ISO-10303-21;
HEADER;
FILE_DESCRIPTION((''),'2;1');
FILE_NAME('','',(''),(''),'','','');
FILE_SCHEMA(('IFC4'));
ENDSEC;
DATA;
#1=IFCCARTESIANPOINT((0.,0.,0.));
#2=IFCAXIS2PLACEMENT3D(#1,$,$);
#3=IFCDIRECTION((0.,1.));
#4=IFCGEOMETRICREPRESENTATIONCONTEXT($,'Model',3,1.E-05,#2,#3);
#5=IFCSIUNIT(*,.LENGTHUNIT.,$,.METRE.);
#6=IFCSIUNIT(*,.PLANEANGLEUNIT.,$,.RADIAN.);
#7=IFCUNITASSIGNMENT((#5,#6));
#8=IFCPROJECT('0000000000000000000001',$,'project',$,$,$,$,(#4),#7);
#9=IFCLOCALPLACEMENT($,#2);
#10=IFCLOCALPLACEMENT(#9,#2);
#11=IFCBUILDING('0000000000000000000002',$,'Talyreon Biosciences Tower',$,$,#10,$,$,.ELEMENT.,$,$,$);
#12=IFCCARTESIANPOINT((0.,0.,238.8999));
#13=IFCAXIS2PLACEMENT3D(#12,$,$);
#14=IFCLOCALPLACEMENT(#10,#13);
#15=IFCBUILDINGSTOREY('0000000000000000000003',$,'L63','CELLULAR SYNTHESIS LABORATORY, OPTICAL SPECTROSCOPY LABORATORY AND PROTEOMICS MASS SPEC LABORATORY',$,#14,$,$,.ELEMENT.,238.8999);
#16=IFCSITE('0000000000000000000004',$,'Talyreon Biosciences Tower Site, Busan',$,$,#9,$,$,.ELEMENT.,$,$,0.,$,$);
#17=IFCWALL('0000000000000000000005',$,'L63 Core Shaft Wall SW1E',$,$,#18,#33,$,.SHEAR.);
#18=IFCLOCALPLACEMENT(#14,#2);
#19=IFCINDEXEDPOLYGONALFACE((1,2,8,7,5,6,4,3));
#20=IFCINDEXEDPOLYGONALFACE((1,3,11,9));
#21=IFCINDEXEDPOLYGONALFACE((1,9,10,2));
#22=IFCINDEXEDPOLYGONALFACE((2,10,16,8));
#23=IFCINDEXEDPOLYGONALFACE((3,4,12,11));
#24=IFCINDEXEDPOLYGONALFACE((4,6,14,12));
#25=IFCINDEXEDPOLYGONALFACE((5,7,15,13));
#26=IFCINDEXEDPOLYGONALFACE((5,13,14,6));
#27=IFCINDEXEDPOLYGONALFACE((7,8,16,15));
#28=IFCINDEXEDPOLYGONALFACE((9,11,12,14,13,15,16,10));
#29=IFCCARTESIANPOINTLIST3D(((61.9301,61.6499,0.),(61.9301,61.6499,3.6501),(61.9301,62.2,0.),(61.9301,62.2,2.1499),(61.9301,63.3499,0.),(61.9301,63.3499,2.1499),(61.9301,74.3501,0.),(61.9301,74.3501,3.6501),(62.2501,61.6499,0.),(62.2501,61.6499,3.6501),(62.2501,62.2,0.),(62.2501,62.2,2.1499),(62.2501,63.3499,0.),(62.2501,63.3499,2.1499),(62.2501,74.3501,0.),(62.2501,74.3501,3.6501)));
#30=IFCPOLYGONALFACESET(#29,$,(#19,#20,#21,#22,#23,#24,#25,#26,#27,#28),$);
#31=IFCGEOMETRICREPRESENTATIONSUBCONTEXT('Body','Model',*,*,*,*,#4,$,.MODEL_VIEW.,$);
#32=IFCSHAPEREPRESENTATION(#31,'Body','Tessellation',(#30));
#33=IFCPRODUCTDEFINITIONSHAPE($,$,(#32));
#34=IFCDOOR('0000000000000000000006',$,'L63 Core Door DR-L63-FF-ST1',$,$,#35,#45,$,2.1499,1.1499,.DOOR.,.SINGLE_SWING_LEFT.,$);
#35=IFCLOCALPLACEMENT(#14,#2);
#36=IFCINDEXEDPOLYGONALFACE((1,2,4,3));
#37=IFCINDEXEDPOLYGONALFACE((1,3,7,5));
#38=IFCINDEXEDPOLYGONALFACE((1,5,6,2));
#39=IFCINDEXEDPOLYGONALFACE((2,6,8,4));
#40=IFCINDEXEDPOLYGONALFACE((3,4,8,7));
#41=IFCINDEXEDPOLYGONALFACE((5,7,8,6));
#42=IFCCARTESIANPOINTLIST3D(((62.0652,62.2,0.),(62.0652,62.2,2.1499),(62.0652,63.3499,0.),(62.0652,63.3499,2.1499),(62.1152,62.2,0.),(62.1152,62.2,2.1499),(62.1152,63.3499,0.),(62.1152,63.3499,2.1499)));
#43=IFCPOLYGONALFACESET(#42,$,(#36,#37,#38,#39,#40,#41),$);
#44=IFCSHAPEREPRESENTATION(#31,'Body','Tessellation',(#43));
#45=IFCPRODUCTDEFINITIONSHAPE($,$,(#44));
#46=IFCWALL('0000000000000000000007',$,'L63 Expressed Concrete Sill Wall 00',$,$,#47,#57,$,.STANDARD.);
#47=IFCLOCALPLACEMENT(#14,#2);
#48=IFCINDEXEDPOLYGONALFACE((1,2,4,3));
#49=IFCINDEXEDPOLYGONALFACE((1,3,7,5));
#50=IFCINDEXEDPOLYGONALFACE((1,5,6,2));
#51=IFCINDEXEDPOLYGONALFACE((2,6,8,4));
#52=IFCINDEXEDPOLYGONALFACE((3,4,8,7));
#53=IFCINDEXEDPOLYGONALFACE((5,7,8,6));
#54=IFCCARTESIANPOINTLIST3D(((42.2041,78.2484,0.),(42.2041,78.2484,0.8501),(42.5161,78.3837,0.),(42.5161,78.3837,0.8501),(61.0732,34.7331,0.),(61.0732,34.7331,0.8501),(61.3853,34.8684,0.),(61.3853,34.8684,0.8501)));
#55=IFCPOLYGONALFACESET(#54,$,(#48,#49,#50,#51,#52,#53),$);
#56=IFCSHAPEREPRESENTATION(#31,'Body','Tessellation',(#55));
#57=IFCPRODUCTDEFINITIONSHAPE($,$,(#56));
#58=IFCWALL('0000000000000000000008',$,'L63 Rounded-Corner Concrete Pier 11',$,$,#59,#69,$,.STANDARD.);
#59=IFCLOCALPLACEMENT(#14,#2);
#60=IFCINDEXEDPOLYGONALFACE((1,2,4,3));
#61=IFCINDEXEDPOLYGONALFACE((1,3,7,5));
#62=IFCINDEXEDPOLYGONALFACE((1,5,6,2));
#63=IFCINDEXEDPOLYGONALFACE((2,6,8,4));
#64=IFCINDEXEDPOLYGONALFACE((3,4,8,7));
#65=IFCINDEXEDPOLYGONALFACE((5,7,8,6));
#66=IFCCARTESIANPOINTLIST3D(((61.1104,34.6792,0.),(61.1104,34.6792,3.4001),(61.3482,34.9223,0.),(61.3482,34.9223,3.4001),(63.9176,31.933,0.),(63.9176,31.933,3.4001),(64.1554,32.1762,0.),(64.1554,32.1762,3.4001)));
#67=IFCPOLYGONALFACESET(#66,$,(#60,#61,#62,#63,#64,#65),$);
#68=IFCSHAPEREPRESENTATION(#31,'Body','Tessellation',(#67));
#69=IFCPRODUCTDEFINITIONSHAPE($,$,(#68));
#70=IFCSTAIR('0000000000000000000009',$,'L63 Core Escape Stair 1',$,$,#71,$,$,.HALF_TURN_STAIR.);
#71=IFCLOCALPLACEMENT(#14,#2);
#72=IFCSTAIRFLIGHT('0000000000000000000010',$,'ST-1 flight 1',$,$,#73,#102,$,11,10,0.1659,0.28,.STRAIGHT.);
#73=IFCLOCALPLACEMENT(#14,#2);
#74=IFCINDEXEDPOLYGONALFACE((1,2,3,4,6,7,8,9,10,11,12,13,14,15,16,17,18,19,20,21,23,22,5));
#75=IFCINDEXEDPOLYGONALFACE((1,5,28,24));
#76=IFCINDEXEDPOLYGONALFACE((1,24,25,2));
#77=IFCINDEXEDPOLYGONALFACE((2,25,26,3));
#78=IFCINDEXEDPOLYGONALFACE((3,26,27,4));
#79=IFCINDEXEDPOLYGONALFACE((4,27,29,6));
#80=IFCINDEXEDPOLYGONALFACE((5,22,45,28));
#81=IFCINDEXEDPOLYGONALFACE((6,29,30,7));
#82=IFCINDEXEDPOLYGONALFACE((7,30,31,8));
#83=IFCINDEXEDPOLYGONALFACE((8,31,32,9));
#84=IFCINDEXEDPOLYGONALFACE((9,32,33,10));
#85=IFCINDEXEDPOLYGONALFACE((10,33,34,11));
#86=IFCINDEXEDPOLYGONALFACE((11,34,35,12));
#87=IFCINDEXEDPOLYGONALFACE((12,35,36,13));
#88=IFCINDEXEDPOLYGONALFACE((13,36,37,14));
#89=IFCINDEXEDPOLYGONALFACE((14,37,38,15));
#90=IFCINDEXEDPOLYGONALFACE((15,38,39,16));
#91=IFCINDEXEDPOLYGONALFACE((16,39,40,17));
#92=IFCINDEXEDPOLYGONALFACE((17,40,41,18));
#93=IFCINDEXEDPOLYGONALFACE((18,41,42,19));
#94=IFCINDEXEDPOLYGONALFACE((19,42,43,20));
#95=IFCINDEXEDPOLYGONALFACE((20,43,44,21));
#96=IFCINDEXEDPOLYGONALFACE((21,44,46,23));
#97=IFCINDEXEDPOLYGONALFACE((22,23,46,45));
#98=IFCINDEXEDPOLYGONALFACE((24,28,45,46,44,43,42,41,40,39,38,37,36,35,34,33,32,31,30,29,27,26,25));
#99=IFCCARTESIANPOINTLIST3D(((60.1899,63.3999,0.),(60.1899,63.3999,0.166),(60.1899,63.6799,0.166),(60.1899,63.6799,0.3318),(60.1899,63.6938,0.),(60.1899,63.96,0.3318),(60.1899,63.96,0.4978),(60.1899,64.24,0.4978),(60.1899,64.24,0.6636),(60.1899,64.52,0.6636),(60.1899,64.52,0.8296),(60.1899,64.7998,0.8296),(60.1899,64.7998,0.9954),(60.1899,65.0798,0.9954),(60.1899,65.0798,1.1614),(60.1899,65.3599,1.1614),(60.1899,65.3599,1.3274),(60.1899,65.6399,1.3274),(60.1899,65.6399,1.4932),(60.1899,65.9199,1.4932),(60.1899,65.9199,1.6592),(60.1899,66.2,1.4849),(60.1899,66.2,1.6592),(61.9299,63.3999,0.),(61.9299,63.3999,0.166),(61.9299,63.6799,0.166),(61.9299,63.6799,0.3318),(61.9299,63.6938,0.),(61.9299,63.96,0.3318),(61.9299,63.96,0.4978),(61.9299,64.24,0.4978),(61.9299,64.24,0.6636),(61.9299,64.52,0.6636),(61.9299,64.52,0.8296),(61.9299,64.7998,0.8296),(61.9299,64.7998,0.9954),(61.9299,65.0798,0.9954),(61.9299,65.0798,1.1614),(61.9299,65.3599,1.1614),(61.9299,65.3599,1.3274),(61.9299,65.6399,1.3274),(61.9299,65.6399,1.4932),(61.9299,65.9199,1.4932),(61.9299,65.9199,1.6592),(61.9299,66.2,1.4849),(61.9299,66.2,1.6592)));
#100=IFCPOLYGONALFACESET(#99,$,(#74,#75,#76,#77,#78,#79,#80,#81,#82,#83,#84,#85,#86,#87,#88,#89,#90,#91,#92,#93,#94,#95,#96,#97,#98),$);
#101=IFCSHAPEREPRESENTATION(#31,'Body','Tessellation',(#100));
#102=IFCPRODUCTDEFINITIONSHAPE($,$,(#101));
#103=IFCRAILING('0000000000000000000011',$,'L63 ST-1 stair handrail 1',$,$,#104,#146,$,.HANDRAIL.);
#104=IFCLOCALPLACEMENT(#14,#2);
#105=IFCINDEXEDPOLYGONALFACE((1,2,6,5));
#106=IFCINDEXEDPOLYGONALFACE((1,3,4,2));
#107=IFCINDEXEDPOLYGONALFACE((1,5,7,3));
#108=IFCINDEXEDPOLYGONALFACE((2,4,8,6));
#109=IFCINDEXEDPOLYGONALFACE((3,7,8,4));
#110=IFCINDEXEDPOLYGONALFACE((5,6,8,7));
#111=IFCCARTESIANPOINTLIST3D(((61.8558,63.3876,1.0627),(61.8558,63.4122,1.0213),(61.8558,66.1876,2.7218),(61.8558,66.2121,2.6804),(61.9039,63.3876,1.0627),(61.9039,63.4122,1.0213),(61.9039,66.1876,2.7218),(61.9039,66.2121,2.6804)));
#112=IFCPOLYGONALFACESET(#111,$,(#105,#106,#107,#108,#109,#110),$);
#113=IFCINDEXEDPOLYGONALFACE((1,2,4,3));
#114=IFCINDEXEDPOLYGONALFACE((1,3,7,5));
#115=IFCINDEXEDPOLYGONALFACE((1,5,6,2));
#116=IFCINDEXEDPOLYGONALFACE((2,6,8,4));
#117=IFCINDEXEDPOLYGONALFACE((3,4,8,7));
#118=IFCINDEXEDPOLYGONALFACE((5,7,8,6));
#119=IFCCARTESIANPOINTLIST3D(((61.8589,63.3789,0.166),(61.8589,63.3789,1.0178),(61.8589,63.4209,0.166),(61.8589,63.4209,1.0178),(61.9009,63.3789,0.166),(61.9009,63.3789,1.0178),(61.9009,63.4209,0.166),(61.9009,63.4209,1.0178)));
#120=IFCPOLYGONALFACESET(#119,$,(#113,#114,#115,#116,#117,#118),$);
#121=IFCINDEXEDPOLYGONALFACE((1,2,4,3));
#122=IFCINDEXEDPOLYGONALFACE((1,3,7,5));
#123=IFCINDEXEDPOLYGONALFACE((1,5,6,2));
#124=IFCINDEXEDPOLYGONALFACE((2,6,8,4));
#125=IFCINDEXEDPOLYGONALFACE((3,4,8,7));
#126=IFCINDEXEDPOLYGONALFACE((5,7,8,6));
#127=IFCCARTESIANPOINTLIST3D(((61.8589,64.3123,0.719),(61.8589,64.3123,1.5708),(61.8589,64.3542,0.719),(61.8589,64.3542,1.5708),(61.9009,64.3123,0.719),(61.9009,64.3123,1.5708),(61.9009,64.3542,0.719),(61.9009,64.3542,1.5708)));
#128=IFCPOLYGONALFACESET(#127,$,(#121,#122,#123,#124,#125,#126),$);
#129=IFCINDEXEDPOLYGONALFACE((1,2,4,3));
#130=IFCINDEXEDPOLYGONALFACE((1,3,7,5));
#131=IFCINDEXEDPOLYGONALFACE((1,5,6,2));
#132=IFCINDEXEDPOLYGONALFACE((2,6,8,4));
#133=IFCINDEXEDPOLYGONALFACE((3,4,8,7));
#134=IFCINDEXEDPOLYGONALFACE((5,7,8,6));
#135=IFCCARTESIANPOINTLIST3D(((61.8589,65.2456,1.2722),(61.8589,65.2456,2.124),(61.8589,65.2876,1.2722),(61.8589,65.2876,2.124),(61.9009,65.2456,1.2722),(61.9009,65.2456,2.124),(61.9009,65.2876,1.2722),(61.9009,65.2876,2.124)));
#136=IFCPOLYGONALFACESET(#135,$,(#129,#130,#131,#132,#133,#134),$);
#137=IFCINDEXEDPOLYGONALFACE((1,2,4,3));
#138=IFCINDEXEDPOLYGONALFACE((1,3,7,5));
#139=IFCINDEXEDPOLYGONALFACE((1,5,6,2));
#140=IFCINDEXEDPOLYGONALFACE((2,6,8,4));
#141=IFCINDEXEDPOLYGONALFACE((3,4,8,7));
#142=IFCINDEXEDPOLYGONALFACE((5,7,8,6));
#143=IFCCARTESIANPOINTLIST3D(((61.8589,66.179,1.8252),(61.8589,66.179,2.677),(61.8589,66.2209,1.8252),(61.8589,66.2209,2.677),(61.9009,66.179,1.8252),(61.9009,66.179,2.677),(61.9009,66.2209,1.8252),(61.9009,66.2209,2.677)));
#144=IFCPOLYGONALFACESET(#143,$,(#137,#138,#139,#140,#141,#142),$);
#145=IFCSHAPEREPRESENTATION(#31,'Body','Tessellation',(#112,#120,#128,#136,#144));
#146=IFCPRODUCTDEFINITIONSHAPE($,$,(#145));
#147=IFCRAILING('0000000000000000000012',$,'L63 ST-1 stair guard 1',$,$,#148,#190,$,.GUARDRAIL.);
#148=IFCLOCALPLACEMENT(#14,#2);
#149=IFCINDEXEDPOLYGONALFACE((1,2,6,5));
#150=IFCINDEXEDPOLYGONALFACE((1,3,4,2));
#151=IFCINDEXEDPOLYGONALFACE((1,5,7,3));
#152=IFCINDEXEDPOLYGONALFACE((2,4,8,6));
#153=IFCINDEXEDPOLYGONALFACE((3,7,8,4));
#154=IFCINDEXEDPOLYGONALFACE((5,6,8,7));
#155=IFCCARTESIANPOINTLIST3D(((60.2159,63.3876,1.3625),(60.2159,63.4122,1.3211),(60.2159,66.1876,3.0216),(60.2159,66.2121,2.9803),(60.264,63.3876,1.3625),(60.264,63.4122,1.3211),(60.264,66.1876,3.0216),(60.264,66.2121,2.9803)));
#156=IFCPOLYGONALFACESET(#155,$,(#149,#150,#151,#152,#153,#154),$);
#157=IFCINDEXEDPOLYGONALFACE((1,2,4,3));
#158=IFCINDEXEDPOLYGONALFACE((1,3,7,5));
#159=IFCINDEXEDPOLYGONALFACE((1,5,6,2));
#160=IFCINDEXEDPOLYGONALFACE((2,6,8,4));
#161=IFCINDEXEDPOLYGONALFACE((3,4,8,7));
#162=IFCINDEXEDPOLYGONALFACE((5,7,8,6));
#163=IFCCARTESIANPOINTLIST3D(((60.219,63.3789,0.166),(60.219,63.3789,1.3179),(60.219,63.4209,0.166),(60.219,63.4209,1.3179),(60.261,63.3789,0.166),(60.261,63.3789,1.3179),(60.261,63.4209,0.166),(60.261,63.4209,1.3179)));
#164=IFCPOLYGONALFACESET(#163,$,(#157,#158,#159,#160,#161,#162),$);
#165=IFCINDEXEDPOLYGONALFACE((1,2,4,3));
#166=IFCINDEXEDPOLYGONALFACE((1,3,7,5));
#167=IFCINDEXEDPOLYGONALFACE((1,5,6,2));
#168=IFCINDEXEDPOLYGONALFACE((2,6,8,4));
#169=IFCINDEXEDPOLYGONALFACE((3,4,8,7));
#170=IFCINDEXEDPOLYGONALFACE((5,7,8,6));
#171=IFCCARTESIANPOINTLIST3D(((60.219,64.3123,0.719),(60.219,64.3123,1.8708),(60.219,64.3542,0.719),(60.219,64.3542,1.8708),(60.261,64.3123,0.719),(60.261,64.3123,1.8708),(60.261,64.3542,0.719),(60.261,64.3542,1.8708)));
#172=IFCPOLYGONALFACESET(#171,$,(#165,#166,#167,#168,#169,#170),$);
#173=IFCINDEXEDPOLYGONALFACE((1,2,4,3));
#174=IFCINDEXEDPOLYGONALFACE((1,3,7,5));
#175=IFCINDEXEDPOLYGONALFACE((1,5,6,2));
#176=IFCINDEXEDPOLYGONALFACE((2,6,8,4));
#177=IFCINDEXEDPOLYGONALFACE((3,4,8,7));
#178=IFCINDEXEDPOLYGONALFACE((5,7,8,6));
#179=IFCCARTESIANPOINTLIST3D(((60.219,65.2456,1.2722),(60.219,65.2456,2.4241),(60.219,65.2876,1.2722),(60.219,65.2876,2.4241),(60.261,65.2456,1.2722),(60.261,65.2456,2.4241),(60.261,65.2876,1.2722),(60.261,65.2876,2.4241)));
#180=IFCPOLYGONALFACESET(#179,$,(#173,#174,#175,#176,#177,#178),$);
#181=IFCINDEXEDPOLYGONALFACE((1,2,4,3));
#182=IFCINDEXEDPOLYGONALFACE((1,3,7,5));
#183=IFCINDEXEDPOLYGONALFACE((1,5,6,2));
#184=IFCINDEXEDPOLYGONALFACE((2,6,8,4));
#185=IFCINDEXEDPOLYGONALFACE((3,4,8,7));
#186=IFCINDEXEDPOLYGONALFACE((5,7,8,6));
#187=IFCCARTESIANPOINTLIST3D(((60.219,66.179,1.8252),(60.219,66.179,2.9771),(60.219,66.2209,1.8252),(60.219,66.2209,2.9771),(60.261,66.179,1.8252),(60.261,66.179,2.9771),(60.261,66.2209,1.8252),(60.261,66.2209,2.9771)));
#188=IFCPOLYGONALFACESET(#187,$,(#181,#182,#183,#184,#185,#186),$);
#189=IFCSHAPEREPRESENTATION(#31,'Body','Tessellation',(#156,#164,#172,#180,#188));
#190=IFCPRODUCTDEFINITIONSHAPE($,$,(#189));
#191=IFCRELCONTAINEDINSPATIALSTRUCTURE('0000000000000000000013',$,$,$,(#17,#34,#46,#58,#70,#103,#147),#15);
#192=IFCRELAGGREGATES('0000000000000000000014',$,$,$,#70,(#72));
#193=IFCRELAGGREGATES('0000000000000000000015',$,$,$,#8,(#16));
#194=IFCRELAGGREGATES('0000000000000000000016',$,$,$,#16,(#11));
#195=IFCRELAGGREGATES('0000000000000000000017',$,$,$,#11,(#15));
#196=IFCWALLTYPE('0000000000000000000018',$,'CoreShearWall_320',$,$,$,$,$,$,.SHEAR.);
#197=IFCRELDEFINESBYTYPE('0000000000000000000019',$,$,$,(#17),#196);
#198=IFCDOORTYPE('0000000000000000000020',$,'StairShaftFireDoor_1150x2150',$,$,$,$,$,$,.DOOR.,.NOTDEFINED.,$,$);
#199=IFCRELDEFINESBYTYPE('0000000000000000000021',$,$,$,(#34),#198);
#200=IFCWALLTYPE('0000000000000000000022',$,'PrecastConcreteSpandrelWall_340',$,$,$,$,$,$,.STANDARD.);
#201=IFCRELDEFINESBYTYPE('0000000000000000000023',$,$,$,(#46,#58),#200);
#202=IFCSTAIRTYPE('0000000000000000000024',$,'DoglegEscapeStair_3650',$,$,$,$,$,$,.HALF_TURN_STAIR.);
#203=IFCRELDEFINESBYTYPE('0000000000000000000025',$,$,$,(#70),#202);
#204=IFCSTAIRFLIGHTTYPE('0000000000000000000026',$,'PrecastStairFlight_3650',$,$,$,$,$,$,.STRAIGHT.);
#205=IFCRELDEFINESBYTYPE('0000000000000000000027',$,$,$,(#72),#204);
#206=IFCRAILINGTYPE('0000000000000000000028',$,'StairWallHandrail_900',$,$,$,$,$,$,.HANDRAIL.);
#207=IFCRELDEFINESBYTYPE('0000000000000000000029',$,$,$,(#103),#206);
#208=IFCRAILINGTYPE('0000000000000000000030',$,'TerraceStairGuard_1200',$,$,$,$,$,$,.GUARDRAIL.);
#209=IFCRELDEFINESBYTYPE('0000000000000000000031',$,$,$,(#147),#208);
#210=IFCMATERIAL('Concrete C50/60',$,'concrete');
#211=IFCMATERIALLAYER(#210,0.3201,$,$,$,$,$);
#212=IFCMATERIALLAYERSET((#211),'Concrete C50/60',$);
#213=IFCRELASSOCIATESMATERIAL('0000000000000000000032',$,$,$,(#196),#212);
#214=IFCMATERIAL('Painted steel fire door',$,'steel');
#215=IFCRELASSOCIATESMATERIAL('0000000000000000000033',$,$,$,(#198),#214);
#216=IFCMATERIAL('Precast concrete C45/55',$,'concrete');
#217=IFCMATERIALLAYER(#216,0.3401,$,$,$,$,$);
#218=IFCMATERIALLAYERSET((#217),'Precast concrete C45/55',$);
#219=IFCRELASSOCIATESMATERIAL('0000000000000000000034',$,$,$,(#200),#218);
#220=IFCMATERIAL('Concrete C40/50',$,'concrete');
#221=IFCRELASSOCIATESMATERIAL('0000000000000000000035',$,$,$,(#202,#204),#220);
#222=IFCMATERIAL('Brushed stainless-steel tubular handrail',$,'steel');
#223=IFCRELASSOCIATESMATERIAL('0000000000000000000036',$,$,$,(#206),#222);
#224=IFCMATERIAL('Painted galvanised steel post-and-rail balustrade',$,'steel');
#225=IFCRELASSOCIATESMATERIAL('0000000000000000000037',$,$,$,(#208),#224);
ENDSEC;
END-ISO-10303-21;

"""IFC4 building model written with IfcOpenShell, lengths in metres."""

from ifc_helpers import new_model, si_unit, direction, frame, frame_2d, origin, origin_2d, place, context, subcontext, project, spatial, polyline, rectangle, outline, extrude, material, layer, layer_set, type_object, element, fill, aggregate, save


model = new_model("IFC4")

# Units and contexts
model_context = context("Model", 3, precision=1e-05, world=origin(), true_north=direction((0.0, 1.0)))
body_context = subcontext(model_context, "Body", "Model", "MODEL_VIEW")
ifc_project = project(units=[si_unit("LENGTHUNIT", "METRE"), si_unit("PLANEANGLEUNIT", "RADIAN")], contexts=[model_context])

# Site, building, storey
site_placement = place(None, origin())
site = spatial("IfcSite", under=ifc_project, at=site_placement, Name="Talyreon Biosciences Tower Site, Busan", CompositionType="ELEMENT", RefElevation=0.0)
building_placement = place(site_placement, origin())
building = spatial("IfcBuilding", under=site, at=building_placement, Name="Talyreon Biosciences Tower", CompositionType="ELEMENT")
storey_placement = place(building_placement, frame((0.0, 0.0, 238.8999)))
storey = spatial("IfcBuildingStorey", under=building, at=storey_placement, Name="L63", Description="CELLULAR SYNTHESIS LABORATORY, OPTICAL SPECTROSCOPY LABORATORY AND PROTEOMICS MASS SPEC LABORATORY", CompositionType="ELEMENT", Elevation=238.8999)

# Shared definitions
ifc_material_1 = material(Name="Concrete C50/60", Category="concrete")

# Shared definitions
ifc_material_2 = material(Name="Precast concrete C45/55", Category="concrete")

# Wall, opening, door
ifc_layer_1 = layer(ifc_material_1, 0.3201)
ifc_layer_set_1 = layer_set([ifc_layer_1], Name="Concrete C50/60")
wall_type_1 = type_object("IfcWallType", Name="CoreShearWall_320", PredefinedType="SHEAR", material=ifc_layer_set_1)
wall_1_placement = place(storey_placement, frame((62.0901, 61.6499, 0.0), z_axis=(0.0, 0.0, 1.0), x_axis=(0.0, 1.0, 0.0)))
wall_1 = element("IfcWall", 1, at=wall_1_placement, inside=storey, type_object=wall_type_1, Name="L63 Core Shaft Wall SW1E", PredefinedType="SHEAR", context=body_context, shape_type="SweptSolid", body=[
    extrude(rectangle(XDim=12.7002, YDim=0.3201, at=frame_2d((6.3501, 0.0))), origin(), (0.0, 0.0, 1.0), 3.6501),
])
opening_1_placement = place(wall_1_placement, frame((0.55, 0.0, 0.0)))
opening_1 = element("IfcOpeningElement", 2, at=opening_1_placement, cuts=wall_1, PredefinedType="OPENING", context=body_context, shape_type="SweptSolid", body=[
    extrude(rectangle(XDim=1.1499, YDim=2.1499, at=frame_2d((0.575, 1.075))), frame((0.0, 0.1699, 0.0), z_axis=(0.0, -1.0, 0.0), x_axis=(1.0, 0.0, 0.0)), (0.0, 0.0, 1.0), 0.3401),
])
ifc_material_3 = material(Name="Painted steel fire door", Category="steel")
door_type_1 = type_object("IfcDoorType", Name="StairShaftFireDoor_1150x2150", OperationType="NOTDEFINED", PredefinedType="DOOR", material=ifc_material_3)
door_1_placement = place(opening_1_placement, origin())
door_1 = element("IfcDoor", 3, at=door_1_placement, inside=storey, type_object=door_type_1, Name="L63 Core Door DR-L63-FF-ST1", OperationType="SINGLE_SWING_LEFT", OverallHeight=2.1499, OverallWidth=1.1499, PredefinedType="DOOR", context=body_context, shape_type="SweptSolid", body=[
    extrude(rectangle(XDim=1.1499, YDim=2.1499, at=frame_2d((0.575, 1.075))), frame((0.0, 0.0249, 0.0), z_axis=(0.0, -1.0, 0.0), x_axis=(1.0, 0.0, 0.0)), (0.0, 0.0, 1.0), 0.05),
])
fill(opening_1, door_1)

# Walls
ifc_layer_2 = layer(ifc_material_2, 0.3401)
ifc_layer_set_2 = layer_set([ifc_layer_2], Name="Precast concrete C45/55")
wall_type_2 = type_object("IfcWallType", Name="PrecastConcreteSpandrelWall_340", PredefinedType="STANDARD", material=ifc_layer_set_2)
wall_2_placement = place(storey_placement, frame((61.2292, 34.8008, 0.0), z_axis=(0.0, 0.0, 1.0), x_axis=(-0.397831, 0.917459, 0.0)))
element("IfcWall", 4, at=wall_2_placement, inside=storey, type_object=wall_type_2, Name="L63 Expressed Concrete Sill Wall 00", PredefinedType="STANDARD", context=body_context, shape_type="SweptSolid", body=[
    extrude(rectangle(XDim=47.4302, YDim=0.3401, at=frame_2d((23.7151, 0.0))), origin(), (0.0, 0.0, 1.0), 0.8501),
])
wall_3_placement = place(storey_placement, frame((64.0364, 32.0547, 0.0), z_axis=(0.0, 0.0, 1.0), x_axis=(-0.714835, 0.699293, 0.0)))
element("IfcWall", 5, at=wall_3_placement, inside=storey, type_object=wall_type_2, Name="L63 Rounded-Corner Concrete Pier 11", PredefinedType="STANDARD", context=body_context, shape_type="SweptSolid", body=[
    extrude(rectangle(XDim=3.927, YDim=0.3401, at=frame_2d((1.9634, 0.0))), origin(), (0.0, 0.0, 1.0), 3.4001),
])

# Stair, stair flight
ifc_material_4 = material(Name="Concrete C40/50", Category="concrete")
stair_type = type_object("IfcStairType", Name="DoglegEscapeStair_3650", PredefinedType="HALF_TURN_STAIR", material=ifc_material_4)
stair_placement = place(storey_placement, origin())
stair = element("IfcStair", 6, at=stair_placement, inside=storey, type_object=stair_type, Name="L63 Core Escape Stair 1", PredefinedType="HALF_TURN_STAIR")
stair_flight_type = type_object("IfcStairFlightType", Name="PrecastStairFlight_3650", PredefinedType="STRAIGHT", material=ifc_material_4)
stair_flight_placement = place(storey_placement, frame((61.0601, 63.3999, 0.0), z_axis=(0.0, 0.0, 1.0), x_axis=(0.0, 1.0, 0.0)))
stair_flight = element("IfcStairFlight", 7, at=stair_flight_placement, type_object=stair_flight_type, Name="ST-1 flight 1", NumberOfRisers=11, NumberOfTreads=10, PredefinedType="STRAIGHT", RiserHeight=0.1659, TreadLength=0.28, context=body_context, shape_type="SweptSolid", body=[
    extrude(outline(polyline([(0.0, 0.0), (0.0, 0.166), (0.28, 0.166), (0.28, 0.3318), (0.5601, 0.3318), (0.5601, 0.4978), (0.8401, 0.4978), (0.8401, 0.6636), (1.1201, 0.6636), (1.1201, 0.8296), (1.3999, 0.8296), (1.3999, 0.9954), (1.6799, 0.9954), (1.6799, 1.1614), (1.96, 1.1614), (1.96, 1.3274), (2.24, 1.3274), (2.24, 1.4932), (2.52, 1.4932), (2.52, 1.6592), (2.8, 1.6592), (2.8, 1.825), (2.8, 1.4849), (0.2939, 0.0), (0.0, 0.0)])), frame((0.0, 0.8701, 0.0), z_axis=(0.0, -1.0, 0.0), x_axis=(1.0, 0.0, 0.0)), (0.0, 0.0, 1.0), 1.74),
])
aggregate(stair, [stair_flight])

# Railings
ifc_material_5 = material(Name="Brushed stainless-steel tubular handrail", Category="steel")
railing_type_1 = type_object("IfcRailingType", Name="StairWallHandrail_900", PredefinedType="HANDRAIL", material=ifc_material_5)
railing_1_placement = place(storey_placement, frame((61.8799, 63.3999, 0.166)))
element("IfcRailing", 8, at=railing_1_placement, inside=storey, type_object=railing_type_1, Name="L63 ST-1 stair handrail 1", PredefinedType="HANDRAIL", context=body_context, shape_type="SweptSolid", body=[
    extrude(rectangle(XDim=0.0481, YDim=0.0481, at=origin_2d()), frame((0.0, 0.0, 0.876), z_axis=(0.0, 0.860306, 0.509778), x_axis=(-1.0, 0.0, 0.0)), (0.0, 0.0, 1.0), 3.2546),
    extrude(rectangle(XDim=0.042, YDim=0.042, at=origin_2d()), origin(), (0.0, 0.0, 1.0), 0.8518),
    extrude(rectangle(XDim=0.042, YDim=0.042, at=origin_2d()), frame((0.0, 0.9333, 0.553)), (0.0, 0.0, 1.0), 0.8518),
    extrude(rectangle(XDim=0.042, YDim=0.042, at=origin_2d()), frame((0.0, 1.8667, 1.1062)), (0.0, 0.0, 1.0), 0.8518),
    extrude(rectangle(XDim=0.042, YDim=0.042, at=origin_2d()), frame((0.0, 2.8, 1.6592)), (0.0, 0.0, 1.0), 0.8518),
])
ifc_material_6 = material(Name="Painted galvanised steel post-and-rail balustrade", Category="steel")
railing_type_2 = type_object("IfcRailingType", Name="TerraceStairGuard_1200", PredefinedType="GUARDRAIL", material=ifc_material_6)
railing_2_placement = place(storey_placement, frame((60.24, 63.3999, 0.166)))
element("IfcRailing", 9, at=railing_2_placement, inside=storey, type_object=railing_type_2, Name="L63 ST-1 stair guard 1", PredefinedType="GUARDRAIL", context=body_context, shape_type="SweptSolid", body=[
    extrude(rectangle(XDim=0.0481, YDim=0.0481, at=origin_2d()), frame((0.0, 0.0, 1.1758), z_axis=(0.0, 0.860306, 0.509778), x_axis=(-1.0, 0.0, 0.0)), (0.0, 0.0, 1.0), 3.2546),
    extrude(rectangle(XDim=0.042, YDim=0.042, at=origin_2d()), origin(), (0.0, 0.0, 1.0), 1.1519),
    extrude(rectangle(XDim=0.042, YDim=0.042, at=origin_2d()), frame((0.0, 0.9333, 0.553)), (0.0, 0.0, 1.0), 1.1519),
    extrude(rectangle(XDim=0.042, YDim=0.042, at=origin_2d()), frame((0.0, 1.8667, 1.1062)), (0.0, 0.0, 1.0), 1.1519),
    extrude(rectangle(XDim=0.042, YDim=0.042, at=origin_2d()), frame((0.0, 2.8, 1.6592)), (0.0, 0.0, 1.0), 1.1519),
])

save(model, "model.ifc")
